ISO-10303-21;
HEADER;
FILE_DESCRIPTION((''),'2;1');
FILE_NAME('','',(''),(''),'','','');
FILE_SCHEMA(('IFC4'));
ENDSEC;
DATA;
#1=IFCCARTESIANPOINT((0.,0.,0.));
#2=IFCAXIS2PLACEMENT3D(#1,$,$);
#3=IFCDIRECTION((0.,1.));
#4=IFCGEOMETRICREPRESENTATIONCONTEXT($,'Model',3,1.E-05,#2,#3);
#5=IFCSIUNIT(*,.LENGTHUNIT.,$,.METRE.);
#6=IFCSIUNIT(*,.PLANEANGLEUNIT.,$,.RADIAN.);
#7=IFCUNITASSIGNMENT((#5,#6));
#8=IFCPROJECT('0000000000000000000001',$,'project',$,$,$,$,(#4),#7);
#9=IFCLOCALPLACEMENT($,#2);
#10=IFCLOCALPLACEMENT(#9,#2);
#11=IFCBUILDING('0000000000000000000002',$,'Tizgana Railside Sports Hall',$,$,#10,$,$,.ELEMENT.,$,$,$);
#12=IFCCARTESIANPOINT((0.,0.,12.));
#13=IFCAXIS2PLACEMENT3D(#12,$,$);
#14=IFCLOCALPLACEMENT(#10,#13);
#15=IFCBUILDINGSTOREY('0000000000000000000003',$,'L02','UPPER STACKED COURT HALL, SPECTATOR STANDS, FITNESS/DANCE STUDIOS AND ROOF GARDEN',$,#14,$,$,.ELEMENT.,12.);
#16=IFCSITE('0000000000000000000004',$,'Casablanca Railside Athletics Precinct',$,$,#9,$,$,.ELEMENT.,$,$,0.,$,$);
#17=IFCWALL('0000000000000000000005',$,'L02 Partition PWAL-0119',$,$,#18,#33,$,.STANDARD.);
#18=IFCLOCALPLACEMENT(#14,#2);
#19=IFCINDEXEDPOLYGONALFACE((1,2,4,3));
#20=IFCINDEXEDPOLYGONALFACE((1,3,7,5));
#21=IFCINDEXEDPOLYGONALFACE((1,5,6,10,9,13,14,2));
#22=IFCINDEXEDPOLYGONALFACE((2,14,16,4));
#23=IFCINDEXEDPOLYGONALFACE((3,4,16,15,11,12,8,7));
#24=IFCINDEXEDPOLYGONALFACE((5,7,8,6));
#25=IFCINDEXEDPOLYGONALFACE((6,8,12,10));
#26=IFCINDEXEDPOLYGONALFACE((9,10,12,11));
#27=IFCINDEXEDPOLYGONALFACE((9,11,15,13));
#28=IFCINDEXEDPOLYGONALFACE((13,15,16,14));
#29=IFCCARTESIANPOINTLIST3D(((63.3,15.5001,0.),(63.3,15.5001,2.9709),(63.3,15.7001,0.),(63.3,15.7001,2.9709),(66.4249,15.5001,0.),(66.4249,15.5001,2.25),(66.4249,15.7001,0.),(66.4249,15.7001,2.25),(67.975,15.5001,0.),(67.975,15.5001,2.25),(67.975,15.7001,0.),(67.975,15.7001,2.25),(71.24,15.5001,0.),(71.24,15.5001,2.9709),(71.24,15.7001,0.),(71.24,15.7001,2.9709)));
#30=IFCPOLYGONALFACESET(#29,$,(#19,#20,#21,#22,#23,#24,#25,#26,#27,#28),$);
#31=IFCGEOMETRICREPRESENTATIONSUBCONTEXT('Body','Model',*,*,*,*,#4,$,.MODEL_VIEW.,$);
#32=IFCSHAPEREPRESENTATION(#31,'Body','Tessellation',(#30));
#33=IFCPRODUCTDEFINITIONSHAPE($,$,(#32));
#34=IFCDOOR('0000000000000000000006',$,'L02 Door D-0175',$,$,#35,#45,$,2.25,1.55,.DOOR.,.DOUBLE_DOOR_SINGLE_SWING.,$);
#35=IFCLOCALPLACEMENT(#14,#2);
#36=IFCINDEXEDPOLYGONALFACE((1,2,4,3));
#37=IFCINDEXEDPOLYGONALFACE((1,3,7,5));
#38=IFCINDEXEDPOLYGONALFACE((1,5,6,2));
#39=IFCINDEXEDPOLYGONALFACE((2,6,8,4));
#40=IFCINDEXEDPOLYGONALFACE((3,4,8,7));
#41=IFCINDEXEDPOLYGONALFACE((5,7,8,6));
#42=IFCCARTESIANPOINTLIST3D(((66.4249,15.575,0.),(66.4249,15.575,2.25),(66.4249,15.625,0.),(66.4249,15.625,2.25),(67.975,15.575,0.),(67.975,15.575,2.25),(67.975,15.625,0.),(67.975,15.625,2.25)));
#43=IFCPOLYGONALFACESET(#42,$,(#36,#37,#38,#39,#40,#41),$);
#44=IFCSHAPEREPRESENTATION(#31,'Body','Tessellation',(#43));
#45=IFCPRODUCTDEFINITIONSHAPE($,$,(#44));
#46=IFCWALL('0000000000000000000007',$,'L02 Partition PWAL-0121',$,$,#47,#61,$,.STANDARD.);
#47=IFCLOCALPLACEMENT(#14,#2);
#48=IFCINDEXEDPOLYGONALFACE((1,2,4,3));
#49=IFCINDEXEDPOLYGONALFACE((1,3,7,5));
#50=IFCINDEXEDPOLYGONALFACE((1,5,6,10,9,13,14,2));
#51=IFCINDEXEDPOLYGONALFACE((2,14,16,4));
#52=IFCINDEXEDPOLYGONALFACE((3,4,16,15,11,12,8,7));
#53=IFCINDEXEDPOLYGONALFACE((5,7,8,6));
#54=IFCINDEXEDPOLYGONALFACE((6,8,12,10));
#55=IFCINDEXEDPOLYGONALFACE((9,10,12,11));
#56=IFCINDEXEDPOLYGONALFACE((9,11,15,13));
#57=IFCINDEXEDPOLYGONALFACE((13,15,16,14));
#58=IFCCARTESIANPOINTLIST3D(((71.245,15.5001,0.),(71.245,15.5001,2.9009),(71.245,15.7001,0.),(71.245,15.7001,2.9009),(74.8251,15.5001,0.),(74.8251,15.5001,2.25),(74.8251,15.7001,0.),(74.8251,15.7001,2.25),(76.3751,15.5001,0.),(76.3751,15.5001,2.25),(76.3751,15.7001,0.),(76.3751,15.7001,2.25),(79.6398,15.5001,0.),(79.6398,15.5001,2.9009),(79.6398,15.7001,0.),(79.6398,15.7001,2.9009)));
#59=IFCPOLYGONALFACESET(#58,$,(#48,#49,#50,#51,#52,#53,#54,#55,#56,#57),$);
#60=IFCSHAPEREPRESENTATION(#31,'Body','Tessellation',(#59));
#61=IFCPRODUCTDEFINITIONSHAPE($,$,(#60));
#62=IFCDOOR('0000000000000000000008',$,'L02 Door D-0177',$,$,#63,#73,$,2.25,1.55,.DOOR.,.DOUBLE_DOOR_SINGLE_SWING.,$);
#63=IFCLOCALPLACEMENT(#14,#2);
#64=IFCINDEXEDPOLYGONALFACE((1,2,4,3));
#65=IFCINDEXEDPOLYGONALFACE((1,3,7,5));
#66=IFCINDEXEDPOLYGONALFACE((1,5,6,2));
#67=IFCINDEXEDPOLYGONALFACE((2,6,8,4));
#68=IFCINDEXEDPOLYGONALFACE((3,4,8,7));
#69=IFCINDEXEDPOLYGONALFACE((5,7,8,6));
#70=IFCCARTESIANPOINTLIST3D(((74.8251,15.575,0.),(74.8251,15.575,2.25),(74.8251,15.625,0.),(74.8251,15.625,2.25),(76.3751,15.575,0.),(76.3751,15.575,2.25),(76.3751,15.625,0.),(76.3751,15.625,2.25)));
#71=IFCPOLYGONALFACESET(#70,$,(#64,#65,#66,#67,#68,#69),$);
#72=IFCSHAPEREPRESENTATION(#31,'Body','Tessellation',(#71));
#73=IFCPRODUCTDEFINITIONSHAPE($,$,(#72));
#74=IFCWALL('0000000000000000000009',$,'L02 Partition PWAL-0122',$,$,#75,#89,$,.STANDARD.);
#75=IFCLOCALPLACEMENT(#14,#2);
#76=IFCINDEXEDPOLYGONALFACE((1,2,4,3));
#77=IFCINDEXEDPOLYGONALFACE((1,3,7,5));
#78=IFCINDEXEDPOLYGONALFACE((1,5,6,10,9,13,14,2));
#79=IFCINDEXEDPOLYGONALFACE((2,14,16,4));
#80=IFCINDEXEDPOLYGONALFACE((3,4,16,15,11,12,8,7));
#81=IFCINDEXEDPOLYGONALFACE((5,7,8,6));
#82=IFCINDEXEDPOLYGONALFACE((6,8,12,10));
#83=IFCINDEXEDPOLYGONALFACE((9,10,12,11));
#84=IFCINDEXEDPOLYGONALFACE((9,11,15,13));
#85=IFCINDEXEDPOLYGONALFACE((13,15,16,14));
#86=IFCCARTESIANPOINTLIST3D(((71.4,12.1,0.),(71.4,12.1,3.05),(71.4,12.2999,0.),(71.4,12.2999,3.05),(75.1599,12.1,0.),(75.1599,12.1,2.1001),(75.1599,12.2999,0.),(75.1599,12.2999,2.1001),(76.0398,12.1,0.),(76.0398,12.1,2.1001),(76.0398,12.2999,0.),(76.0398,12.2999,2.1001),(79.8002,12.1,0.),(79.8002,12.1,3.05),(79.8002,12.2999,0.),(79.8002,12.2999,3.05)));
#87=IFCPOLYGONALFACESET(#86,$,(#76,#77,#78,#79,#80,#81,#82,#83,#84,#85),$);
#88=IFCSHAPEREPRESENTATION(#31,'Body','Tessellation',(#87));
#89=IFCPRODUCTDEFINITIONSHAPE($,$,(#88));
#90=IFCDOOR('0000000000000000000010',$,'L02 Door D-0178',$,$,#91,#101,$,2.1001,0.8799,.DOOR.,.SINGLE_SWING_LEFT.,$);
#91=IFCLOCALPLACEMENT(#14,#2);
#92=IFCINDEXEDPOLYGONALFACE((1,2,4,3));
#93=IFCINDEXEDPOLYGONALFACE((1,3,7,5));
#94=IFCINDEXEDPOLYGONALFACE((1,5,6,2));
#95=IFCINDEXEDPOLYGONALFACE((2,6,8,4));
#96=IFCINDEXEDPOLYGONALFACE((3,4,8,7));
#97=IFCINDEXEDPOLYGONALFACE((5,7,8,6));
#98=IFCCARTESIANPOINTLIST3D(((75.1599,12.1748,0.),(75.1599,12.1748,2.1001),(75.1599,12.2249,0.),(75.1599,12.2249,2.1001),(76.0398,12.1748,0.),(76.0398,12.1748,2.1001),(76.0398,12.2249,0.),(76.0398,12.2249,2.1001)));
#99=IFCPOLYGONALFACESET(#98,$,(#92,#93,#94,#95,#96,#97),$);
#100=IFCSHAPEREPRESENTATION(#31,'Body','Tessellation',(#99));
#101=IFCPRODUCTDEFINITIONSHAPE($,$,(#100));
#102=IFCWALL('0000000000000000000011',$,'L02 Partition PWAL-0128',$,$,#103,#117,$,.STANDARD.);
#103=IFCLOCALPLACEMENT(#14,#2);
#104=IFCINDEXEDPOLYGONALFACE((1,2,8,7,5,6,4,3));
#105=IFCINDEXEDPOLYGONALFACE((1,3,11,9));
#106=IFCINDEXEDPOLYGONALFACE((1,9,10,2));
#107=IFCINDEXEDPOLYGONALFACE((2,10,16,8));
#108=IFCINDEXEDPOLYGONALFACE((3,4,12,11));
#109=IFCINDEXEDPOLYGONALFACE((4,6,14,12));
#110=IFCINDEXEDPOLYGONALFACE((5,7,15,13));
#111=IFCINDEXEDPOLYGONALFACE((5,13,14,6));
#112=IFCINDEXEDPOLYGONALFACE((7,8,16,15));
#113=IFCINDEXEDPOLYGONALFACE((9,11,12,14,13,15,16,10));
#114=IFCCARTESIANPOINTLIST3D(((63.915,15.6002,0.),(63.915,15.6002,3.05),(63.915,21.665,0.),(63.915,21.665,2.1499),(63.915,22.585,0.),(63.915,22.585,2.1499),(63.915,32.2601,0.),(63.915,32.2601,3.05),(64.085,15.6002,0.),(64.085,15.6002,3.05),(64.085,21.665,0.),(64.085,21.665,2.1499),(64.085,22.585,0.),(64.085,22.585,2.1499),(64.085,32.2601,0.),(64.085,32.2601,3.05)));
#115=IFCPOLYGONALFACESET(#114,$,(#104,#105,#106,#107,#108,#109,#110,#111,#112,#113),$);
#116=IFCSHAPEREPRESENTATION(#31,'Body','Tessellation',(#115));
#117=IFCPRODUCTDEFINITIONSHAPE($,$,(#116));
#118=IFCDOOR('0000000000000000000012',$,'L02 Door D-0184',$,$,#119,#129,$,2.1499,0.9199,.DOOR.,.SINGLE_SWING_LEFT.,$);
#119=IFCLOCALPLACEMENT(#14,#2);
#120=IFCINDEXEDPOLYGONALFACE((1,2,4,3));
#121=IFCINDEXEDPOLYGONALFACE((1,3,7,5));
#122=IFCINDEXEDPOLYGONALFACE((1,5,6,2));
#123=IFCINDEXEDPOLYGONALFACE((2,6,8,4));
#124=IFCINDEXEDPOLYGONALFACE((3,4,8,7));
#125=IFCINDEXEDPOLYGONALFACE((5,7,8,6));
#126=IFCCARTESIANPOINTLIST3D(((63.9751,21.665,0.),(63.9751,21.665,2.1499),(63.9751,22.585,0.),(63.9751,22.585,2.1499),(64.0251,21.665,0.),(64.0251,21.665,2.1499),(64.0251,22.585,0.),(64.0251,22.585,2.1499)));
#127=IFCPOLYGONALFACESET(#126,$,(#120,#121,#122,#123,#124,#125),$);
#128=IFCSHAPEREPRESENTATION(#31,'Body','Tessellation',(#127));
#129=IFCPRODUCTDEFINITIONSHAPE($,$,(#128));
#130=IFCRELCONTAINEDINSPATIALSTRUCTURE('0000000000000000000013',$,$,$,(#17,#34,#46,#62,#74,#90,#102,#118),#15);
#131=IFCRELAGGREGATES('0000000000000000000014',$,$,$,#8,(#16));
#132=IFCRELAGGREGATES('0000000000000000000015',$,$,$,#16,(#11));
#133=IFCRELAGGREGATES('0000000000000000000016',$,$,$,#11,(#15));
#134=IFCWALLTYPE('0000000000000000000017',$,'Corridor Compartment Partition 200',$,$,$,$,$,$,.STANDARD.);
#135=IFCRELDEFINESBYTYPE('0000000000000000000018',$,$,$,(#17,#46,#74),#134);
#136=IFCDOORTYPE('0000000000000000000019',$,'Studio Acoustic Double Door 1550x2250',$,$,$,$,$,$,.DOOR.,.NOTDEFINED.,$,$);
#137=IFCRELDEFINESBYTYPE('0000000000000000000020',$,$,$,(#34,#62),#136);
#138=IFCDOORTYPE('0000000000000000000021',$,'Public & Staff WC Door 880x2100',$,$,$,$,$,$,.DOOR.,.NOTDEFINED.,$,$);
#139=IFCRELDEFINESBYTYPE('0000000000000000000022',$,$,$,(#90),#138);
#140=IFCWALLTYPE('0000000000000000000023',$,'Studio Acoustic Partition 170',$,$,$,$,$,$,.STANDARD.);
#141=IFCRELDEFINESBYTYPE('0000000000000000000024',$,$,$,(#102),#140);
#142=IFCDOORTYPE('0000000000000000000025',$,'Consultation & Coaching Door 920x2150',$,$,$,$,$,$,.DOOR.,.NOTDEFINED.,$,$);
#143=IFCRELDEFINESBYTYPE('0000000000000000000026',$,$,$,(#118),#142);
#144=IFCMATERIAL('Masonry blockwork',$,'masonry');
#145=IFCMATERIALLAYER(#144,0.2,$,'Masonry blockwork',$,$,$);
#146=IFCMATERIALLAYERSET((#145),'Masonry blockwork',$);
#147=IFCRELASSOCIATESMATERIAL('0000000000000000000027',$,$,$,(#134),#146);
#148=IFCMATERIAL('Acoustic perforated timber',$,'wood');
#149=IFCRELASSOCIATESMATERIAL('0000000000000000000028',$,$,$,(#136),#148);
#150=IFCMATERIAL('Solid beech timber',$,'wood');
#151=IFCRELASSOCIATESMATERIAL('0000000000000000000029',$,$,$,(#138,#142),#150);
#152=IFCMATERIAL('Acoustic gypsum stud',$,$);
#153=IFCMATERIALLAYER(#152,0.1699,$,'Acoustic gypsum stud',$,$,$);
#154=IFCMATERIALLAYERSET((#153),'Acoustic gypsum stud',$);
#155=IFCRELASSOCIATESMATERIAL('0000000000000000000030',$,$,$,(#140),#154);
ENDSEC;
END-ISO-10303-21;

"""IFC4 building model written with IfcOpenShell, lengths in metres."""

from ifc_helpers import new_model, si_unit, direction, frame, frame_2d, origin, place, context, subcontext, project, spatial, rectangle, extrude, material, layer, layer_set, type_object, element, fill, save


model = new_model("IFC4")

# Units and contexts
model_context = context("Model", 3, precision=1e-05, world=origin(), true_north=direction((0.0, 1.0)))
body_context = subcontext(model_context, "Body", "Model", "MODEL_VIEW")
ifc_project = project(units=[si_unit("LENGTHUNIT", "METRE"), si_unit("PLANEANGLEUNIT", "RADIAN")], contexts=[model_context])

# Site, building, storey
site_placement = place(None, origin())
site = spatial("IfcSite", under=ifc_project, at=site_placement, Name="Casablanca Railside Athletics Precinct", CompositionType="ELEMENT", RefElevation=0.0)
building_placement = place(site_placement, origin())
building = spatial("IfcBuilding", under=site, at=building_placement, Name="Tizgana Railside Sports Hall", CompositionType="ELEMENT")
storey_placement = place(building_placement, frame((0.0, 0.0, 12.0)))
storey = spatial("IfcBuildingStorey", under=building, at=storey_placement, Name="L02", Description="UPPER STACKED COURT HALL, SPECTATOR STANDS, FITNESS/DANCE STUDIOS AND ROOF GARDEN", CompositionType="ELEMENT", Elevation=12.0)

# Walls, openings, doors
ifc_material_1 = material(Name="Masonry blockwork", Category="masonry")
ifc_layer_1 = layer(ifc_material_1, 0.2, Name="Masonry blockwork")
ifc_layer_set_1 = layer_set([ifc_layer_1], Name="Masonry blockwork")
wall_type_1 = type_object("IfcWallType", Name="Corridor Compartment Partition 200", PredefinedType="STANDARD", material=ifc_layer_set_1)
ifc_material_2 = material(Name="Acoustic perforated timber", Category="wood")
door_type_1 = type_object("IfcDoorType", Name="Studio Acoustic Double Door 1550x2250", OperationType="NOTDEFINED", PredefinedType="DOOR", material=ifc_material_2)
wall_1_placement = place(storey_placement, frame((63.3, 15.6001, 0.0), z_axis=(0.0, 0.0, 1.0), x_axis=(1.0, 0.0, 0.0)))
wall_1 = element("IfcWall", 1, at=wall_1_placement, inside=storey, type_object=wall_type_1, Name="L02 Partition PWAL-0119", PredefinedType="STANDARD", context=body_context, shape_type="SweptSolid", body=[
    extrude(rectangle(XDim=7.9399, YDim=0.2, at=frame_2d((3.97, 0.0))), origin(), (0.0, 0.0, 1.0), 2.9709),
])
opening_1_placement = place(wall_1_placement, frame((3.125, 0.0, 0.0)))
opening_1 = element("IfcOpeningElement", 2, at=opening_1_placement, cuts=wall_1, PredefinedType="OPENING", context=body_context, shape_type="SweptSolid", body=[
    extrude(rectangle(XDim=1.55, YDim=2.25, at=frame_2d((0.7749, 1.125))), frame((0.0, 0.1099, 0.0), z_axis=(0.0, -1.0, 0.0), x_axis=(1.0, 0.0, 0.0)), (0.0, 0.0, 1.0), 0.22),
])
door_1_placement = place(opening_1_placement, origin())
door_1 = element("IfcDoor", 3, at=door_1_placement, inside=storey, type_object=door_type_1, Name="L02 Door D-0175", OperationType="DOUBLE_DOOR_SINGLE_SWING", OverallHeight=2.25, OverallWidth=1.55, PredefinedType="DOOR", context=body_context, shape_type="SweptSolid", body=[
    extrude(rectangle(XDim=1.55, YDim=2.25, at=frame_2d((0.7749, 1.125))), frame((0.0, 0.0249, 0.0), z_axis=(0.0, -1.0, 0.0), x_axis=(1.0, 0.0, 0.0)), (0.0, 0.0, 1.0), 0.05),
])
fill(opening_1, door_1)
wall_2_placement = place(storey_placement, frame((71.2451, 15.6001, 0.0), z_axis=(0.0, 0.0, 1.0), x_axis=(1.0, 0.0, 0.0)))
wall_2 = element("IfcWall", 4, at=wall_2_placement, inside=storey, type_object=wall_type_1, Name="L02 Partition PWAL-0121", PredefinedType="STANDARD", context=body_context, shape_type="SweptSolid", body=[
    extrude(rectangle(XDim=8.3948, YDim=0.2, at=frame_2d((4.1973, 0.0))), origin(), (0.0, 0.0, 1.0), 2.9009),
])
opening_2_placement = place(wall_2_placement, frame((3.5801, 0.0, 0.0)))
opening_2 = element("IfcOpeningElement", 5, at=opening_2_placement, cuts=wall_2, PredefinedType="OPENING", context=body_context, shape_type="SweptSolid", body=[
    extrude(rectangle(XDim=1.55, YDim=2.25, at=frame_2d((0.7749, 1.125))), frame((0.0, 0.1099, 0.0), z_axis=(0.0, -1.0, 0.0), x_axis=(1.0, 0.0, 0.0)), (0.0, 0.0, 1.0), 0.22),
])
door_2_placement = place(opening_2_placement, origin())
door_2 = element("IfcDoor", 6, at=door_2_placement, inside=storey, type_object=door_type_1, Name="L02 Door D-0177", OperationType="DOUBLE_DOOR_SINGLE_SWING", OverallHeight=2.25, OverallWidth=1.55, PredefinedType="DOOR", context=body_context, shape_type="SweptSolid", body=[
    extrude(rectangle(XDim=1.55, YDim=2.25, at=frame_2d((0.7749, 1.125))), frame((0.0, 0.0249, 0.0), z_axis=(0.0, -1.0, 0.0), x_axis=(1.0, 0.0, 0.0)), (0.0, 0.0, 1.0), 0.05),
])
fill(opening_2, door_2)
wall_3_placement = place(storey_placement, frame((71.3999, 12.2, 0.0), z_axis=(0.0, 0.0, 1.0), x_axis=(1.0, 0.0, 0.0)))
wall_3 = element("IfcWall", 7, at=wall_3_placement, inside=storey, type_object=wall_type_1, Name="L02 Partition PWAL-0122", PredefinedType="STANDARD", context=body_context, shape_type="SweptSolid", body=[
    extrude(rectangle(XDim=8.4001, YDim=0.2, at=frame_2d((4.2002, 0.0))), origin(), (0.0, 0.0, 1.0), 3.05),
])
opening_3_placement = place(wall_3_placement, frame((3.76, 0.0, 0.0)))
opening_3 = element("IfcOpeningElement", 8, at=opening_3_placement, cuts=wall_3, PredefinedType="OPENING", context=body_context, shape_type="SweptSolid", body=[
    extrude(rectangle(XDim=0.8799, YDim=2.1001, at=frame_2d((0.4399, 1.05))), frame((0.0, 0.1099, 0.0), z_axis=(0.0, -1.0, 0.0), x_axis=(1.0, 0.0, 0.0)), (0.0, 0.0, 1.0), 0.22),
])
ifc_material_3 = material(Name="Solid beech timber", Category="wood")
door_type_2 = type_object("IfcDoorType", Name="Public & Staff WC Door 880x2100", OperationType="NOTDEFINED", PredefinedType="DOOR", material=ifc_material_3)
door_3_placement = place(opening_3_placement, origin())
door_3 = element("IfcDoor", 9, at=door_3_placement, inside=storey, type_object=door_type_2, Name="L02 Door D-0178", OperationType="SINGLE_SWING_LEFT", OverallHeight=2.1001, OverallWidth=0.8799, PredefinedType="DOOR", context=body_context, shape_type="SweptSolid", body=[
    extrude(rectangle(XDim=0.8799, YDim=2.1001, at=frame_2d((0.4399, 1.05))), frame((0.0, 0.0249, 0.0), z_axis=(0.0, -1.0, 0.0), x_axis=(1.0, 0.0, 0.0)), (0.0, 0.0, 1.0), 0.05),
])
fill(opening_3, door_3)
ifc_material_4 = material(Name="Acoustic gypsum stud")
ifc_layer_2 = layer(ifc_material_4, 0.1699, Name="Acoustic gypsum stud")
ifc_layer_set_2 = layer_set([ifc_layer_2], Name="Acoustic gypsum stud")
wall_type_2 = type_object("IfcWallType", Name="Studio Acoustic Partition 170", PredefinedType="STANDARD", material=ifc_layer_set_2)
wall_4_placement = place(storey_placement, frame((64.0, 15.6001, 0.0), z_axis=(0.0, 0.0, 1.0), x_axis=(0.0, 1.0, 0.0)))
wall_4 = element("IfcWall", 10, at=wall_4_placement, inside=storey, type_object=wall_type_2, Name="L02 Partition PWAL-0128", PredefinedType="STANDARD", context=body_context, shape_type="SweptSolid", body=[
    extrude(rectangle(XDim=16.6599, YDim=0.1699, at=frame_2d((8.3301, 0.0))), origin(), (0.0, 0.0, 1.0), 3.05),
])
opening_4_placement = place(wall_4_placement, frame((6.0649, 0.0, 0.0)))
opening_4 = element("IfcOpeningElement", 11, at=opening_4_placement, cuts=wall_4, PredefinedType="OPENING", context=body_context, shape_type="SweptSolid", body=[
    extrude(rectangle(XDim=0.9199, YDim=2.1499, at=frame_2d((0.46, 1.075))), frame((0.0, 0.095, 0.0), z_axis=(0.0, -1.0, 0.0), x_axis=(1.0, 0.0, 0.0)), (0.0, 0.0, 1.0), 0.1899),
])
door_type_3 = type_object("IfcDoorType", Name="Consultation & Coaching Door 920x2150", OperationType="NOTDEFINED", PredefinedType="DOOR", material=ifc_material_3)
door_4_placement = place(opening_4_placement, origin())
door_4 = element("IfcDoor", 12, at=door_4_placement, inside=storey, type_object=door_type_3, Name="L02 Door D-0184", OperationType="SINGLE_SWING_LEFT", OverallHeight=2.1499, OverallWidth=0.9199, PredefinedType="DOOR", context=body_context, shape_type="SweptSolid", body=[
    extrude(rectangle(XDim=0.9199, YDim=2.1499, at=frame_2d((0.46, 1.075))), frame((0.0, 0.0249, 0.0), z_axis=(0.0, -1.0, 0.0), x_axis=(1.0, 0.0, 0.0)), (0.0, 0.0, 1.0), 0.05),
])
fill(opening_4, door_4)

save(model, "model.ifc")
